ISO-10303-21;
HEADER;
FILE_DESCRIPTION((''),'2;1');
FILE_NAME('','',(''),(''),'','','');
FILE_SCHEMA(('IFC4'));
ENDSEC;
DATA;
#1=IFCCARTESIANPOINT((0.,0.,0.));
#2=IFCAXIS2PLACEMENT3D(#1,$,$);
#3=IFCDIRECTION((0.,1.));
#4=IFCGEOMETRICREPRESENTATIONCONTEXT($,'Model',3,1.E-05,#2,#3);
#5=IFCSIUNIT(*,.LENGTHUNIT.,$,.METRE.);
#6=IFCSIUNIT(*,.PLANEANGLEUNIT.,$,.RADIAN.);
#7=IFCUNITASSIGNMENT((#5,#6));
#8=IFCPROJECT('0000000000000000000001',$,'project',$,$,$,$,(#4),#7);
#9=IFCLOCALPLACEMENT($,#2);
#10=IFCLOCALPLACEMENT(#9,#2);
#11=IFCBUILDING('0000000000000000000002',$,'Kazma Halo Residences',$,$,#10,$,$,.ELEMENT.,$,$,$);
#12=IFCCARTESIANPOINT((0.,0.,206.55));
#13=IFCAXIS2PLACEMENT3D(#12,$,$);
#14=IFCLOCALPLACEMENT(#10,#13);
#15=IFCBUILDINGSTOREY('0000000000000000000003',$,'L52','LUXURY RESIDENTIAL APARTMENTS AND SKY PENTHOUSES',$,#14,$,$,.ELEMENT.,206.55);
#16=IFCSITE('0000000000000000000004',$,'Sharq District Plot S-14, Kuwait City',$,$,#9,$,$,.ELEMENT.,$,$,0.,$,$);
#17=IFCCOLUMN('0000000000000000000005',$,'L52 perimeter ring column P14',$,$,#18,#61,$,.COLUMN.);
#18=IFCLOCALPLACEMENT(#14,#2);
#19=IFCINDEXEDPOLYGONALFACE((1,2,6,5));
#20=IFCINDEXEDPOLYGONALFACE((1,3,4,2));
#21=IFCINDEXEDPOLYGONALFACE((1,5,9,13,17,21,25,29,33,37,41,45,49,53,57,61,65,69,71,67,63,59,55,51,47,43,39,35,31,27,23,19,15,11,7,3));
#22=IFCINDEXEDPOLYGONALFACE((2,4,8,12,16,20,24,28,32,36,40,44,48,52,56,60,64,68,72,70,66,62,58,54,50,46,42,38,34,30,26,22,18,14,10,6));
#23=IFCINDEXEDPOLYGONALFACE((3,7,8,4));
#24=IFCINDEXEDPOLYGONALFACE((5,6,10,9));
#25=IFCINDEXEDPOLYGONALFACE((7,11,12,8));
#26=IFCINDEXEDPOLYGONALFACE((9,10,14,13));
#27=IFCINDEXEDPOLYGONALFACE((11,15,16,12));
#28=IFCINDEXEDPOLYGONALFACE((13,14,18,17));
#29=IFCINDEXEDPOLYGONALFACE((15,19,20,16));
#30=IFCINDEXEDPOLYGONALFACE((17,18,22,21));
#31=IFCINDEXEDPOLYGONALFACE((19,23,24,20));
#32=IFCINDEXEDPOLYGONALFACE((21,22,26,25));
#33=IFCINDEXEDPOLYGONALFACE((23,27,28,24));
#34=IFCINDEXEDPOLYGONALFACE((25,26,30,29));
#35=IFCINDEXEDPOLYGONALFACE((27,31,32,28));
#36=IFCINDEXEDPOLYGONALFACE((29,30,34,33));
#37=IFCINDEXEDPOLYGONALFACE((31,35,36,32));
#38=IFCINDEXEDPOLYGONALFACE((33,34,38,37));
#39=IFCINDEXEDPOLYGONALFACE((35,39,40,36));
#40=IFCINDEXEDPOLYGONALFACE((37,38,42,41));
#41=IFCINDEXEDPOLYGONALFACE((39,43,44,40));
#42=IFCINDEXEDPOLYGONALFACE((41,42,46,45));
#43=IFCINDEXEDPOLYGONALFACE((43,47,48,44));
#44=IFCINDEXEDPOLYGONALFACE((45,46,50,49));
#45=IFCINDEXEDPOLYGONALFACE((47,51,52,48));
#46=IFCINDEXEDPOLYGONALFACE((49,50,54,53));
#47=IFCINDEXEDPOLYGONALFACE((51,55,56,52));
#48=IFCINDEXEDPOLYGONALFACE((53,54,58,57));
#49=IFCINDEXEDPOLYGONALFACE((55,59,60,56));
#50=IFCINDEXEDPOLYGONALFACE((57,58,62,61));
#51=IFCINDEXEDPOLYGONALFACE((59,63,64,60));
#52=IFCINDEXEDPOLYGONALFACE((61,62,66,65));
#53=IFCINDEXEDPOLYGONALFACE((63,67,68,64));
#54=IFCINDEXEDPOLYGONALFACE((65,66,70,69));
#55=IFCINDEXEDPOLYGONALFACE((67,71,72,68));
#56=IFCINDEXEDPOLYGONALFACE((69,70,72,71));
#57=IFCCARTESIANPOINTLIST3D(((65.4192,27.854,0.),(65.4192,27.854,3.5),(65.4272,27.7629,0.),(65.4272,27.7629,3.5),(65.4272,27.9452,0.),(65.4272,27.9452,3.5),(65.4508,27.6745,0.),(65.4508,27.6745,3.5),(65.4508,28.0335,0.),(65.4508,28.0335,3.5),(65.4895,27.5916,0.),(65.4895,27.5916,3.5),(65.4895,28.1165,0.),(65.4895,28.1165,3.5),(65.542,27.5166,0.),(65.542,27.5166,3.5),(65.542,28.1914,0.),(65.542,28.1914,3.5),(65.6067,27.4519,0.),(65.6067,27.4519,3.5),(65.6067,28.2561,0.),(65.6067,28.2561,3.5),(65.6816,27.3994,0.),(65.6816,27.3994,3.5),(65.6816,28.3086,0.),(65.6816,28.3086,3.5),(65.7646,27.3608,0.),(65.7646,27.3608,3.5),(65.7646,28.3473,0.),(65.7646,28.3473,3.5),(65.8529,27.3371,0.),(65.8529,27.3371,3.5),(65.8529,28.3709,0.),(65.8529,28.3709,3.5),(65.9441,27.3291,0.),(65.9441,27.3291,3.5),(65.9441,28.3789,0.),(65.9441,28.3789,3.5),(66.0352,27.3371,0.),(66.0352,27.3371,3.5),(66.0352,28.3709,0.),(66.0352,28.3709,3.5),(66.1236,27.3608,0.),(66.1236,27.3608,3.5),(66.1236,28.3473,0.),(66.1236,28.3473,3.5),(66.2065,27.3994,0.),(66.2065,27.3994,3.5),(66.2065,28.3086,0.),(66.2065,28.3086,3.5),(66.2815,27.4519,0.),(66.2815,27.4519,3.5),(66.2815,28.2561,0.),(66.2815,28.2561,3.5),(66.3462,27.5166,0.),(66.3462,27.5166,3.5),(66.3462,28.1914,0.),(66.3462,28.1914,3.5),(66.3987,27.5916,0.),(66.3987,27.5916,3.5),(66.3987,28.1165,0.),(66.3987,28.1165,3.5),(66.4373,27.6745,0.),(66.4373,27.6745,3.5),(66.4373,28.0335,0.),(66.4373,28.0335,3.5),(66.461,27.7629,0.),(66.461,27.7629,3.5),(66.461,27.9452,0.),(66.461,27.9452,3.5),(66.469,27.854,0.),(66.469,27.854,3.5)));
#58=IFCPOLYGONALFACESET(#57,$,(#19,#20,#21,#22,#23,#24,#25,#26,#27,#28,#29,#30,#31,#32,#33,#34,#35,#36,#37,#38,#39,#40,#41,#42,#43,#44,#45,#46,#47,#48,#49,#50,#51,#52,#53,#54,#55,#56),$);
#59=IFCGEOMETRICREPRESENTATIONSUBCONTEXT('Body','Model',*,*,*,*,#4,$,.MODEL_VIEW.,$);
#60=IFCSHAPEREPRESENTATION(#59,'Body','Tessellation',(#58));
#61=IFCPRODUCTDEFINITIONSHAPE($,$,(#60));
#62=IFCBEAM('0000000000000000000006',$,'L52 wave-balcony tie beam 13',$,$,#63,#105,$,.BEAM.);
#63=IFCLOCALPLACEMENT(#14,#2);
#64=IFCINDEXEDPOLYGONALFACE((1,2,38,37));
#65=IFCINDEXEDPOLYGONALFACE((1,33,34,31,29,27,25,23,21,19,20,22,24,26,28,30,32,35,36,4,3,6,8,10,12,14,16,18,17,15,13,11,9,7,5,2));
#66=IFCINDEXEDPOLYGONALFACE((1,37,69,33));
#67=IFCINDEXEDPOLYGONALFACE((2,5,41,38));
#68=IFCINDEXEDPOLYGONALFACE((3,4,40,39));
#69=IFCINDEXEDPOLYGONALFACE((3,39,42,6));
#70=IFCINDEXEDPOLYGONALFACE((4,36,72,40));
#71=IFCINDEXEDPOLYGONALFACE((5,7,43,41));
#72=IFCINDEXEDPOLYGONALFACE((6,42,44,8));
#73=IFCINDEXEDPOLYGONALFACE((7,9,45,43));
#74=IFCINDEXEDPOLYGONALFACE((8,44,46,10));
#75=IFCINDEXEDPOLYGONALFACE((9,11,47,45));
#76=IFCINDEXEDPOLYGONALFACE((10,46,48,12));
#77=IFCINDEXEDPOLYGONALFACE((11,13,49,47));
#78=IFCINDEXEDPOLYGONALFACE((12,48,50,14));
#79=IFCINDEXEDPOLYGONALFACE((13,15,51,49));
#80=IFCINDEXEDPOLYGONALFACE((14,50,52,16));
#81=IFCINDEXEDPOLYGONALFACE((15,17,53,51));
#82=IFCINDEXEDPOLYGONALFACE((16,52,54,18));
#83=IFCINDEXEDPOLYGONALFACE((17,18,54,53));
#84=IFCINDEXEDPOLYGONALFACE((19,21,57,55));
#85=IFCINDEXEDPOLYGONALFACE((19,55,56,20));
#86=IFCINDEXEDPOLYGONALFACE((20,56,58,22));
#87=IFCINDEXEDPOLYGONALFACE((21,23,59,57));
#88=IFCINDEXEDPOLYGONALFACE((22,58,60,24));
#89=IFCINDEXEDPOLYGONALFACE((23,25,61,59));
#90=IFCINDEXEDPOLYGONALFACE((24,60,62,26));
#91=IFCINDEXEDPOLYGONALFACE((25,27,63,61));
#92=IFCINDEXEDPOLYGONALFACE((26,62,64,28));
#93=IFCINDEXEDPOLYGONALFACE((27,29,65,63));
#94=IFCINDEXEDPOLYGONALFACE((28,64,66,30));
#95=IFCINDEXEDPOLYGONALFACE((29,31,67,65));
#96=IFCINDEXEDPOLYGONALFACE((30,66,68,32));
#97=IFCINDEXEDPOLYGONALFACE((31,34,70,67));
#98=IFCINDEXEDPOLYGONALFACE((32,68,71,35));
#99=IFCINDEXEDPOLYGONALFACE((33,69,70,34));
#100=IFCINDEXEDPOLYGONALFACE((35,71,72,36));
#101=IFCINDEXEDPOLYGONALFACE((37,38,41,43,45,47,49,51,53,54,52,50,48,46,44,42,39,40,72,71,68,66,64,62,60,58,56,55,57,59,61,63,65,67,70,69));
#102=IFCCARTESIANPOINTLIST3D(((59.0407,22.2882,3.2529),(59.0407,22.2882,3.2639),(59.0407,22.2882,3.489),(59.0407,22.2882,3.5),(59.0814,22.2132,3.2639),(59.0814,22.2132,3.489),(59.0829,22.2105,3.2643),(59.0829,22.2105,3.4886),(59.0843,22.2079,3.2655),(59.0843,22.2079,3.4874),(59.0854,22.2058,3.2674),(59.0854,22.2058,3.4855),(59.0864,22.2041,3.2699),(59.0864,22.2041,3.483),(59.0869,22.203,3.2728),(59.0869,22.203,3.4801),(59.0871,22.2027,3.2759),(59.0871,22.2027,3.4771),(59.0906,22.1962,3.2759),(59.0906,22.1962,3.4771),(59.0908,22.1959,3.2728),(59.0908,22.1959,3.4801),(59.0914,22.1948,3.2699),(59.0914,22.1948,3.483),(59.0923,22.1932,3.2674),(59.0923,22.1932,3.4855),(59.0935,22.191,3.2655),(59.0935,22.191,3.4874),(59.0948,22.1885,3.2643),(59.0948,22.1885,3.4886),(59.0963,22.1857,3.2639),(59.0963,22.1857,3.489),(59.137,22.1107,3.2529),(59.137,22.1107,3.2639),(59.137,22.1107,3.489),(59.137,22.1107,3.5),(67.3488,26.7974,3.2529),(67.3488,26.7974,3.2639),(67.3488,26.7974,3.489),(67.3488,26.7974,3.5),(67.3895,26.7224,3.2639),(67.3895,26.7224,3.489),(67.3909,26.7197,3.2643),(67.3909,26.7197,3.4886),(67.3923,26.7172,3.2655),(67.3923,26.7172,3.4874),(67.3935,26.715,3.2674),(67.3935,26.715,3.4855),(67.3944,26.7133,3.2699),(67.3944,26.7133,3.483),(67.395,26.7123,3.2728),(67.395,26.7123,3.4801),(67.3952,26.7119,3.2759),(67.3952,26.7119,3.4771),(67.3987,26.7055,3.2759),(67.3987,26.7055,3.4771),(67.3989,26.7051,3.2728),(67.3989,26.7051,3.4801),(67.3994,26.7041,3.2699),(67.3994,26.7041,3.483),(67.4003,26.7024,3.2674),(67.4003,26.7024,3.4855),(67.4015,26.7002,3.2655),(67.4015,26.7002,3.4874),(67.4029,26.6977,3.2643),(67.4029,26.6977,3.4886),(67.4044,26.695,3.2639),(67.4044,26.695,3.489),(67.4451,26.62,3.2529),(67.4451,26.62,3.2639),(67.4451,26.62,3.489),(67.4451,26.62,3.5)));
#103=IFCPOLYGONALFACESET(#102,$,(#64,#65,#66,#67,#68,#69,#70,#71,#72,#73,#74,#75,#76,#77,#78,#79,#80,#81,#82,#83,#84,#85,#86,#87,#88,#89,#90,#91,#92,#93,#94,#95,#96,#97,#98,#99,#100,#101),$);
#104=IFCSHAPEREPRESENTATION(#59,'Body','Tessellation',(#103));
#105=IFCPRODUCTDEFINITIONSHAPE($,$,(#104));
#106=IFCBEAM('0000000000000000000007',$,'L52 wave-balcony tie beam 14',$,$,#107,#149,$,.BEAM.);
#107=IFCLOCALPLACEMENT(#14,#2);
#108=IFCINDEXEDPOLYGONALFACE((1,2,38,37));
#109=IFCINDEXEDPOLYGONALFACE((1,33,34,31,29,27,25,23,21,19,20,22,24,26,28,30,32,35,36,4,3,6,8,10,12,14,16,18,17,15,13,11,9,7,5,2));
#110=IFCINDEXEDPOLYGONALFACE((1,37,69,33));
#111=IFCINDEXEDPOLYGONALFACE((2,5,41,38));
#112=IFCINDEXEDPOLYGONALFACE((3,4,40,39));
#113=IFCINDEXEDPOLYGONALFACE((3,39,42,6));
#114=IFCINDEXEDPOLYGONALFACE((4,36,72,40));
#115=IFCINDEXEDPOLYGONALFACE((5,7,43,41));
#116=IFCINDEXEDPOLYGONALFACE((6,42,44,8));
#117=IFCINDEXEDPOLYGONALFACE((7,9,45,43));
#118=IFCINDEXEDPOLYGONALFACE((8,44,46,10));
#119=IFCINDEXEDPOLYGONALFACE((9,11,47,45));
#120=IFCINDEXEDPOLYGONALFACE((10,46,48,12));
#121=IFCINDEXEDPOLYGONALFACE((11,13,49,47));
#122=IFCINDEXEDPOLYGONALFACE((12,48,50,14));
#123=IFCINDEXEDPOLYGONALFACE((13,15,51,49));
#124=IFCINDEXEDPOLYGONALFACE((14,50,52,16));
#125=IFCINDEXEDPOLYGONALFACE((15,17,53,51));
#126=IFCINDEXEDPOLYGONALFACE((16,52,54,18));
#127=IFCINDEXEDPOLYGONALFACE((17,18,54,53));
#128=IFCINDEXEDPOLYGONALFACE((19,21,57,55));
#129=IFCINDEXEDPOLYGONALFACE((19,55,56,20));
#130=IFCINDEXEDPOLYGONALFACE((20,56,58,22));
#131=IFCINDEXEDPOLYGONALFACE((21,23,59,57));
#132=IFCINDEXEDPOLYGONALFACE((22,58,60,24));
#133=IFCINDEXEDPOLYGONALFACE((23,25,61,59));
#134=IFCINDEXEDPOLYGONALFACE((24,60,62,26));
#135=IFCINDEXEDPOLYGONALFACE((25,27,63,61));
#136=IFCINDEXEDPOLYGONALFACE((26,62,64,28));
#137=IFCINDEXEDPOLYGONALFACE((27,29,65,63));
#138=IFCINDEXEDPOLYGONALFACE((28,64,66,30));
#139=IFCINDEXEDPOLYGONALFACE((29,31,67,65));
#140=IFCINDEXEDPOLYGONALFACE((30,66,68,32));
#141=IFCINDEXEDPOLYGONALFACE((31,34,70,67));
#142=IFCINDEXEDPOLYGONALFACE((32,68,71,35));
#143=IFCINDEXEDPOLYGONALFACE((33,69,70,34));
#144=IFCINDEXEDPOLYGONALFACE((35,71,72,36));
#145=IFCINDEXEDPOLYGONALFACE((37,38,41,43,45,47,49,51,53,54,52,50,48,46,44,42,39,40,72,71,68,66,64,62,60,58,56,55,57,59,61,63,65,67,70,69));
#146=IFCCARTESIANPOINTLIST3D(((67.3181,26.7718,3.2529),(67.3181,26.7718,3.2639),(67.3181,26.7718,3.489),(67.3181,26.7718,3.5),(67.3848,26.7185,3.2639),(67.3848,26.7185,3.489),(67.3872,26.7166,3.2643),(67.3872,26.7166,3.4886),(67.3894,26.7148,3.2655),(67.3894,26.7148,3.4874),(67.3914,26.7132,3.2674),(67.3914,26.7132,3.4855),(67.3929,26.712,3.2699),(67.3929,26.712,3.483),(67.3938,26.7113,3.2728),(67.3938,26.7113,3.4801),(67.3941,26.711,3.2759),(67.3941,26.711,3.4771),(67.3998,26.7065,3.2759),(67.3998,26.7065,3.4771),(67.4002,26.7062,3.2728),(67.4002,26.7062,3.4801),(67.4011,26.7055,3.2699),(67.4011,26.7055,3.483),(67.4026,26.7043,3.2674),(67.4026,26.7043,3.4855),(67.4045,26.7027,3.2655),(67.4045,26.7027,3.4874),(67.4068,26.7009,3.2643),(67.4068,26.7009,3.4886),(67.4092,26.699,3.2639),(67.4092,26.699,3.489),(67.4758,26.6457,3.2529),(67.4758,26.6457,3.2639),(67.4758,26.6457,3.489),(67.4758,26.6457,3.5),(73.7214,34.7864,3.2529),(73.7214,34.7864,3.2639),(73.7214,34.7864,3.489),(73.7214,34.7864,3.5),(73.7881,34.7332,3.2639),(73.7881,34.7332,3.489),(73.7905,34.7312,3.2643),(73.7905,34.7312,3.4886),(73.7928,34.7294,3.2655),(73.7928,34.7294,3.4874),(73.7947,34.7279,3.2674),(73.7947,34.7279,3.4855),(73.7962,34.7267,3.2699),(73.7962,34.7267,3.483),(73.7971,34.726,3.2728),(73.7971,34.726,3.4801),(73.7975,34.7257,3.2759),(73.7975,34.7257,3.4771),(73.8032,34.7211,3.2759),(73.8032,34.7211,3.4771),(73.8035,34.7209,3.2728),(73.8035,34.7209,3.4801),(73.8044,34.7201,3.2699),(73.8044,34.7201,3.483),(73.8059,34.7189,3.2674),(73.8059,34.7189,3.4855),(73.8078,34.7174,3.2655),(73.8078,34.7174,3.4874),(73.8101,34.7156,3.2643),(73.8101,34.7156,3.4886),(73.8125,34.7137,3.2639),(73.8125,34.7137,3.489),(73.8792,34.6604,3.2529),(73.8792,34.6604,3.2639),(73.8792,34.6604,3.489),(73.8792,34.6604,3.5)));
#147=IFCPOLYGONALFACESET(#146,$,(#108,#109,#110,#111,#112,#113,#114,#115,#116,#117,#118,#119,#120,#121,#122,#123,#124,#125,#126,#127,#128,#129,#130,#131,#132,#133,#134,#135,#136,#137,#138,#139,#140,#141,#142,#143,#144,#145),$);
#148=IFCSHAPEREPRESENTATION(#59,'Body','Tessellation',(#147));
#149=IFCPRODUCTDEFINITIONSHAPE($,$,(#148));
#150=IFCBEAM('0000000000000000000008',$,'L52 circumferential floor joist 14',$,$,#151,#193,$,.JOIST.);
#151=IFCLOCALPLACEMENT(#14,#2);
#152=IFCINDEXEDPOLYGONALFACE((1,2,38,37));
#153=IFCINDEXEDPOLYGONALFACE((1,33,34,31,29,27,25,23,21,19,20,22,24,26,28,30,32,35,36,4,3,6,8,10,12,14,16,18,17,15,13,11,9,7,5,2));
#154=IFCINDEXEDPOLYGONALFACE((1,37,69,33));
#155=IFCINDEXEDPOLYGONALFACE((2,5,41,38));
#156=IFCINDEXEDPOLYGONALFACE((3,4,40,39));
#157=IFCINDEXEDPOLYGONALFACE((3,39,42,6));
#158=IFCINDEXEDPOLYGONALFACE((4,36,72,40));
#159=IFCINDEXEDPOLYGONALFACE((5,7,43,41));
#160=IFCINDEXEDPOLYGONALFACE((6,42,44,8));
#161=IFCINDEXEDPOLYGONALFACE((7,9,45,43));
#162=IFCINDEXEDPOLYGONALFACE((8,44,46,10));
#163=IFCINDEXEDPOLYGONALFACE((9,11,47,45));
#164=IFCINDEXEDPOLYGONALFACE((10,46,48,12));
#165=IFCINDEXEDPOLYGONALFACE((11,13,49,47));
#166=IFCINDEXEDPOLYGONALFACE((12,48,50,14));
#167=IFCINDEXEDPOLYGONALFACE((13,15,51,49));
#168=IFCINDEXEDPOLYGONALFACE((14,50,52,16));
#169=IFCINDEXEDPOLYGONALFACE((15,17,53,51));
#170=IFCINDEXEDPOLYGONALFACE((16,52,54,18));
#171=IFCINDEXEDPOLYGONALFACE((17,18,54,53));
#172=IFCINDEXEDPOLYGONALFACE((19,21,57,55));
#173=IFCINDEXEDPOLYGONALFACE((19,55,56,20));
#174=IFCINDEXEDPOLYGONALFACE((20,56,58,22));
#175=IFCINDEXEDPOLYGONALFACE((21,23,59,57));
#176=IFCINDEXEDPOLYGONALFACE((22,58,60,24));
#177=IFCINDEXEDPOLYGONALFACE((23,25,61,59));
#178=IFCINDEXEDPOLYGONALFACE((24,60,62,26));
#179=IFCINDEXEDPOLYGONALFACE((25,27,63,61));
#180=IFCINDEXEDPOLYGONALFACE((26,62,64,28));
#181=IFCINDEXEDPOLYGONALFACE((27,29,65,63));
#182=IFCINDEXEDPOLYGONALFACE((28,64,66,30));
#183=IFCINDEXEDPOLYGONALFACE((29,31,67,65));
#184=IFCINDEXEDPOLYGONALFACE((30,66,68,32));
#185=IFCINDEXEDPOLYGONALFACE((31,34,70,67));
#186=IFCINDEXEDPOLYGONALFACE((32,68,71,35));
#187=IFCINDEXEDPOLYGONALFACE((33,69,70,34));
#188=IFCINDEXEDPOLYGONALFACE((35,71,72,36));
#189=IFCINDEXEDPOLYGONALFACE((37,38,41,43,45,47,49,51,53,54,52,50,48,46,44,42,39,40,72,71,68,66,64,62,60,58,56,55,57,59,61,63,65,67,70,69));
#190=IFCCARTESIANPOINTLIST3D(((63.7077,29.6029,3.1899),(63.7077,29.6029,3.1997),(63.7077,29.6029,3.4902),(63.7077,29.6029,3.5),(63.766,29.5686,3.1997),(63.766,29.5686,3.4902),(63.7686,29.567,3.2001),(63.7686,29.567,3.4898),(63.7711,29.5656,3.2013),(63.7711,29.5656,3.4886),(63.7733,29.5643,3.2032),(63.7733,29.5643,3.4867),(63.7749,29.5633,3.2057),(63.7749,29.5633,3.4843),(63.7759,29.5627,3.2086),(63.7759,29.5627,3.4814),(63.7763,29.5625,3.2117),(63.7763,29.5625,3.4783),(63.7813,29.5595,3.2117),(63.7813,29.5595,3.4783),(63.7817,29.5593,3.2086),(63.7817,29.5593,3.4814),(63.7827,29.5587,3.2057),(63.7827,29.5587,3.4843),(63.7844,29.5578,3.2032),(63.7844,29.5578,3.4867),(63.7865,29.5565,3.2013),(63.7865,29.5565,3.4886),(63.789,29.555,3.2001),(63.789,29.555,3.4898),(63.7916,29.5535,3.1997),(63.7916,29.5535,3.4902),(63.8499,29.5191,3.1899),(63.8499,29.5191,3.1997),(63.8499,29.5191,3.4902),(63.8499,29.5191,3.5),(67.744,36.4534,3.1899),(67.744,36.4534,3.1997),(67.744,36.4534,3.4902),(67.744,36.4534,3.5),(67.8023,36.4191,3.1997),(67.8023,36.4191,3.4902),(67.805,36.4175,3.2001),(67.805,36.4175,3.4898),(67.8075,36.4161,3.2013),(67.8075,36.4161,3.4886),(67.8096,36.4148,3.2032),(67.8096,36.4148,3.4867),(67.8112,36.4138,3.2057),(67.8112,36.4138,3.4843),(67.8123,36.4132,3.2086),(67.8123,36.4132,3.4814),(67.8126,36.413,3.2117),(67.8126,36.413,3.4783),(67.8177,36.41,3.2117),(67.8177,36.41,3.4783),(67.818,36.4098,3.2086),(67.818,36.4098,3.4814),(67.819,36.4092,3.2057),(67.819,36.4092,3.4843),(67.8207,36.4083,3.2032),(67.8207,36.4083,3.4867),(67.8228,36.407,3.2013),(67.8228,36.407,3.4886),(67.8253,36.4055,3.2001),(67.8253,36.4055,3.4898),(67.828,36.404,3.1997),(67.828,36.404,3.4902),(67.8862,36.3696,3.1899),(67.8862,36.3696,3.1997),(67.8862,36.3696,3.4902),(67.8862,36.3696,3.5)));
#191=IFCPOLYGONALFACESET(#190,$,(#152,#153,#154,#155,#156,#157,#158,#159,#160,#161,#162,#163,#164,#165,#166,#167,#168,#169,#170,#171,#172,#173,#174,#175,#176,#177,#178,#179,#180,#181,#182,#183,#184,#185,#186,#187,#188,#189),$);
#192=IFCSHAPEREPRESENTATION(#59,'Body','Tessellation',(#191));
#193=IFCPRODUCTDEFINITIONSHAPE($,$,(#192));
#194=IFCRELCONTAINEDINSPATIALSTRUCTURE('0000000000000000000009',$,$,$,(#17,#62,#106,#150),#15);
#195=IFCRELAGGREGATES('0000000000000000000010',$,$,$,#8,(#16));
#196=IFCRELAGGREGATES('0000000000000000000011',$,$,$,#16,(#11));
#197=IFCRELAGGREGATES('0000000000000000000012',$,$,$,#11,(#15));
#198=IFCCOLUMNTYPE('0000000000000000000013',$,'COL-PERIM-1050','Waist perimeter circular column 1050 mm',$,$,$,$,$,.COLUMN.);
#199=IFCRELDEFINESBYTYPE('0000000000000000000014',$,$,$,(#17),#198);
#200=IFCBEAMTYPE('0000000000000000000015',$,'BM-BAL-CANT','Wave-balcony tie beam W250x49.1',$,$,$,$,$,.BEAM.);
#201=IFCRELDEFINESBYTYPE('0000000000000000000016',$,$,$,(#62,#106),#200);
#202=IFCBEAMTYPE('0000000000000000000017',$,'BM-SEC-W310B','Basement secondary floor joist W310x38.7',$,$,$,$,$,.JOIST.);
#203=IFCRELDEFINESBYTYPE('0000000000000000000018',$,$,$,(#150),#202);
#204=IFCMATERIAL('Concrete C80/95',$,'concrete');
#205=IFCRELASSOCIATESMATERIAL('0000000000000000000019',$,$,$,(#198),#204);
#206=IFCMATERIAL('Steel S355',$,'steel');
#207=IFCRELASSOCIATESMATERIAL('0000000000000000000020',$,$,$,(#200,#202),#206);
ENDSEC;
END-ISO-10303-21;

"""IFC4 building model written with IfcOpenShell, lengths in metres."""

from ifc_helpers import new_model, si_unit, direction, frame, origin, origin_2d, place, context, subcontext, project, spatial, circle, i_section, extrude, material, material_profile, profile_set, type_object, element, save


model = new_model("IFC4")

# Units and contexts
model_context = context("Model", 3, precision=1e-05, world=origin(), true_north=direction((0.0, 1.0)))
body_context = subcontext(model_context, "Body", "Model", "MODEL_VIEW")
ifc_project = project(units=[si_unit("LENGTHUNIT", "METRE"), si_unit("PLANEANGLEUNIT", "RADIAN")], contexts=[model_context])

# Site, building, storey
site_placement = place(None, origin())
site = spatial("IfcSite", under=ifc_project, at=site_placement, Name="Sharq District Plot S-14, Kuwait City", CompositionType="ELEMENT", RefElevation=0.0)
building_placement = place(site_placement, origin())
building = spatial("IfcBuilding", under=site, at=building_placement, Name="Kazma Halo Residences", CompositionType="ELEMENT")
storey_placement = place(building_placement, frame((0.0, 0.0, 206.55)))
storey = spatial("IfcBuildingStorey", under=building, at=storey_placement, Name="L52", Description="LUXURY RESIDENTIAL APARTMENTS AND SKY PENTHOUSES", CompositionType="ELEMENT", Elevation=206.55)

# Column
ifc_material_1 = material(Name="Concrete C80/95", Category="concrete")
ifc_material_profile_1 = material_profile(ifc_material_1, circle(Radius=0.5249, at=origin_2d()), Name="CIRC1050")
ifc_profile_set_1 = profile_set([ifc_material_profile_1], Name="Concrete C80/95")
column_type = type_object("IfcColumnType", Name="COL-PERIM-1050", Description="Waist perimeter circular column 1050 mm", PredefinedType="COLUMN", material=ifc_profile_set_1)
column_placement = place(storey_placement, frame((65.9441, 27.854, 0.0), z_axis=(0.0, 0.0, 1.0), x_axis=(1.0, 0.0, 0.0)))
element("IfcColumn", 1, at=column_placement, inside=storey, type_object=column_type, Name="L52 perimeter ring column P14", PredefinedType="COLUMN", context=body_context, shape_type="SweptSolid", body=[
    extrude(circle(Radius=0.5249, at=origin_2d()), origin(), (0.0, 0.0, 1.0), 3.5),
])

# Beams
ifc_material_2 = material(Name="Steel S355", Category="steel")
ifc_material_profile_2 = material_profile(ifc_material_2, i_section(OverallWidth=0.2019, OverallDepth=0.2471, WebThickness=0.0073, FlangeThickness=0.011, FilletRadius=0.012, at=origin_2d()), Name="W250x49.1")
ifc_profile_set_2 = profile_set([ifc_material_profile_2], Name="Steel S355")
beam_type_1 = type_object("IfcBeamType", Name="BM-BAL-CANT", Description="Wave-balcony tie beam W250x49.1", PredefinedType="BEAM", material=ifc_profile_set_2)
beam_1_placement = place(storey_placement, frame((59.0889, 22.1995, 3.3765), z_axis=(0.878891, 0.477023, 0.0), x_axis=(-0.477023, 0.878891, 0.0)))
element("IfcBeam", 2, at=beam_1_placement, inside=storey, type_object=beam_type_1, Name="L52 wave-balcony tie beam 13", PredefinedType="BEAM", context=body_context, shape_type="SweptSolid", body=[
    extrude(i_section(OverallWidth=0.2019, OverallDepth=0.2471, WebThickness=0.0073, FlangeThickness=0.011, FilletRadius=0.012, at=origin_2d()), origin(), (0.0, 0.0, 1.0), 9.4529),
])
beam_2_placement = place(storey_placement, frame((67.397, 26.7087, 3.3765), z_axis=(0.624196, 0.781268, 0.0), x_axis=(-0.781268, 0.624196, 0.0)))
element("IfcBeam", 3, at=beam_2_placement, inside=storey, type_object=beam_type_1, Name="L52 wave-balcony tie beam 14", PredefinedType="BEAM", context=body_context, shape_type="SweptSolid", body=[
    extrude(i_section(OverallWidth=0.2019, OverallDepth=0.2471, WebThickness=0.0073, FlangeThickness=0.011, FilletRadius=0.012, at=origin_2d()), origin(), (0.0, 0.0, 1.0), 10.2585),
])
ifc_material_profile_3 = material_profile(ifc_material_2, i_section(OverallWidth=0.165, OverallDepth=0.3101, WebThickness=0.0059, FlangeThickness=0.0098, FilletRadius=0.012, at=origin_2d()), Name="W310x38.7")
ifc_profile_set_3 = profile_set([ifc_material_profile_3], Name="Steel S355")
beam_type_2 = type_object("IfcBeamType", Name="BM-SEC-W310B", Description="Basement secondary floor joist W310x38.7", PredefinedType="JOIST", material=ifc_profile_set_3)
beam_3_placement = place(storey_placement, frame((63.7788, 29.561, 3.345), z_axis=(0.507639, 0.86157, 0.0), x_axis=(-0.86157, 0.507639, 0.0)))
element("IfcBeam", 4, at=beam_3_placement, inside=storey, type_object=beam_type_2, Name="L52 circumferential floor joist 14", PredefinedType="JOIST", context=body_context, shape_type="SweptSolid", body=[
    extrude(i_section(OverallWidth=0.165, OverallDepth=0.3101, WebThickness=0.0059, FlangeThickness=0.0098, FilletRadius=0.012, at=origin_2d()), origin(), (0.0, 0.0, 1.0), 7.9512),
])

save(model, "model.ifc")
